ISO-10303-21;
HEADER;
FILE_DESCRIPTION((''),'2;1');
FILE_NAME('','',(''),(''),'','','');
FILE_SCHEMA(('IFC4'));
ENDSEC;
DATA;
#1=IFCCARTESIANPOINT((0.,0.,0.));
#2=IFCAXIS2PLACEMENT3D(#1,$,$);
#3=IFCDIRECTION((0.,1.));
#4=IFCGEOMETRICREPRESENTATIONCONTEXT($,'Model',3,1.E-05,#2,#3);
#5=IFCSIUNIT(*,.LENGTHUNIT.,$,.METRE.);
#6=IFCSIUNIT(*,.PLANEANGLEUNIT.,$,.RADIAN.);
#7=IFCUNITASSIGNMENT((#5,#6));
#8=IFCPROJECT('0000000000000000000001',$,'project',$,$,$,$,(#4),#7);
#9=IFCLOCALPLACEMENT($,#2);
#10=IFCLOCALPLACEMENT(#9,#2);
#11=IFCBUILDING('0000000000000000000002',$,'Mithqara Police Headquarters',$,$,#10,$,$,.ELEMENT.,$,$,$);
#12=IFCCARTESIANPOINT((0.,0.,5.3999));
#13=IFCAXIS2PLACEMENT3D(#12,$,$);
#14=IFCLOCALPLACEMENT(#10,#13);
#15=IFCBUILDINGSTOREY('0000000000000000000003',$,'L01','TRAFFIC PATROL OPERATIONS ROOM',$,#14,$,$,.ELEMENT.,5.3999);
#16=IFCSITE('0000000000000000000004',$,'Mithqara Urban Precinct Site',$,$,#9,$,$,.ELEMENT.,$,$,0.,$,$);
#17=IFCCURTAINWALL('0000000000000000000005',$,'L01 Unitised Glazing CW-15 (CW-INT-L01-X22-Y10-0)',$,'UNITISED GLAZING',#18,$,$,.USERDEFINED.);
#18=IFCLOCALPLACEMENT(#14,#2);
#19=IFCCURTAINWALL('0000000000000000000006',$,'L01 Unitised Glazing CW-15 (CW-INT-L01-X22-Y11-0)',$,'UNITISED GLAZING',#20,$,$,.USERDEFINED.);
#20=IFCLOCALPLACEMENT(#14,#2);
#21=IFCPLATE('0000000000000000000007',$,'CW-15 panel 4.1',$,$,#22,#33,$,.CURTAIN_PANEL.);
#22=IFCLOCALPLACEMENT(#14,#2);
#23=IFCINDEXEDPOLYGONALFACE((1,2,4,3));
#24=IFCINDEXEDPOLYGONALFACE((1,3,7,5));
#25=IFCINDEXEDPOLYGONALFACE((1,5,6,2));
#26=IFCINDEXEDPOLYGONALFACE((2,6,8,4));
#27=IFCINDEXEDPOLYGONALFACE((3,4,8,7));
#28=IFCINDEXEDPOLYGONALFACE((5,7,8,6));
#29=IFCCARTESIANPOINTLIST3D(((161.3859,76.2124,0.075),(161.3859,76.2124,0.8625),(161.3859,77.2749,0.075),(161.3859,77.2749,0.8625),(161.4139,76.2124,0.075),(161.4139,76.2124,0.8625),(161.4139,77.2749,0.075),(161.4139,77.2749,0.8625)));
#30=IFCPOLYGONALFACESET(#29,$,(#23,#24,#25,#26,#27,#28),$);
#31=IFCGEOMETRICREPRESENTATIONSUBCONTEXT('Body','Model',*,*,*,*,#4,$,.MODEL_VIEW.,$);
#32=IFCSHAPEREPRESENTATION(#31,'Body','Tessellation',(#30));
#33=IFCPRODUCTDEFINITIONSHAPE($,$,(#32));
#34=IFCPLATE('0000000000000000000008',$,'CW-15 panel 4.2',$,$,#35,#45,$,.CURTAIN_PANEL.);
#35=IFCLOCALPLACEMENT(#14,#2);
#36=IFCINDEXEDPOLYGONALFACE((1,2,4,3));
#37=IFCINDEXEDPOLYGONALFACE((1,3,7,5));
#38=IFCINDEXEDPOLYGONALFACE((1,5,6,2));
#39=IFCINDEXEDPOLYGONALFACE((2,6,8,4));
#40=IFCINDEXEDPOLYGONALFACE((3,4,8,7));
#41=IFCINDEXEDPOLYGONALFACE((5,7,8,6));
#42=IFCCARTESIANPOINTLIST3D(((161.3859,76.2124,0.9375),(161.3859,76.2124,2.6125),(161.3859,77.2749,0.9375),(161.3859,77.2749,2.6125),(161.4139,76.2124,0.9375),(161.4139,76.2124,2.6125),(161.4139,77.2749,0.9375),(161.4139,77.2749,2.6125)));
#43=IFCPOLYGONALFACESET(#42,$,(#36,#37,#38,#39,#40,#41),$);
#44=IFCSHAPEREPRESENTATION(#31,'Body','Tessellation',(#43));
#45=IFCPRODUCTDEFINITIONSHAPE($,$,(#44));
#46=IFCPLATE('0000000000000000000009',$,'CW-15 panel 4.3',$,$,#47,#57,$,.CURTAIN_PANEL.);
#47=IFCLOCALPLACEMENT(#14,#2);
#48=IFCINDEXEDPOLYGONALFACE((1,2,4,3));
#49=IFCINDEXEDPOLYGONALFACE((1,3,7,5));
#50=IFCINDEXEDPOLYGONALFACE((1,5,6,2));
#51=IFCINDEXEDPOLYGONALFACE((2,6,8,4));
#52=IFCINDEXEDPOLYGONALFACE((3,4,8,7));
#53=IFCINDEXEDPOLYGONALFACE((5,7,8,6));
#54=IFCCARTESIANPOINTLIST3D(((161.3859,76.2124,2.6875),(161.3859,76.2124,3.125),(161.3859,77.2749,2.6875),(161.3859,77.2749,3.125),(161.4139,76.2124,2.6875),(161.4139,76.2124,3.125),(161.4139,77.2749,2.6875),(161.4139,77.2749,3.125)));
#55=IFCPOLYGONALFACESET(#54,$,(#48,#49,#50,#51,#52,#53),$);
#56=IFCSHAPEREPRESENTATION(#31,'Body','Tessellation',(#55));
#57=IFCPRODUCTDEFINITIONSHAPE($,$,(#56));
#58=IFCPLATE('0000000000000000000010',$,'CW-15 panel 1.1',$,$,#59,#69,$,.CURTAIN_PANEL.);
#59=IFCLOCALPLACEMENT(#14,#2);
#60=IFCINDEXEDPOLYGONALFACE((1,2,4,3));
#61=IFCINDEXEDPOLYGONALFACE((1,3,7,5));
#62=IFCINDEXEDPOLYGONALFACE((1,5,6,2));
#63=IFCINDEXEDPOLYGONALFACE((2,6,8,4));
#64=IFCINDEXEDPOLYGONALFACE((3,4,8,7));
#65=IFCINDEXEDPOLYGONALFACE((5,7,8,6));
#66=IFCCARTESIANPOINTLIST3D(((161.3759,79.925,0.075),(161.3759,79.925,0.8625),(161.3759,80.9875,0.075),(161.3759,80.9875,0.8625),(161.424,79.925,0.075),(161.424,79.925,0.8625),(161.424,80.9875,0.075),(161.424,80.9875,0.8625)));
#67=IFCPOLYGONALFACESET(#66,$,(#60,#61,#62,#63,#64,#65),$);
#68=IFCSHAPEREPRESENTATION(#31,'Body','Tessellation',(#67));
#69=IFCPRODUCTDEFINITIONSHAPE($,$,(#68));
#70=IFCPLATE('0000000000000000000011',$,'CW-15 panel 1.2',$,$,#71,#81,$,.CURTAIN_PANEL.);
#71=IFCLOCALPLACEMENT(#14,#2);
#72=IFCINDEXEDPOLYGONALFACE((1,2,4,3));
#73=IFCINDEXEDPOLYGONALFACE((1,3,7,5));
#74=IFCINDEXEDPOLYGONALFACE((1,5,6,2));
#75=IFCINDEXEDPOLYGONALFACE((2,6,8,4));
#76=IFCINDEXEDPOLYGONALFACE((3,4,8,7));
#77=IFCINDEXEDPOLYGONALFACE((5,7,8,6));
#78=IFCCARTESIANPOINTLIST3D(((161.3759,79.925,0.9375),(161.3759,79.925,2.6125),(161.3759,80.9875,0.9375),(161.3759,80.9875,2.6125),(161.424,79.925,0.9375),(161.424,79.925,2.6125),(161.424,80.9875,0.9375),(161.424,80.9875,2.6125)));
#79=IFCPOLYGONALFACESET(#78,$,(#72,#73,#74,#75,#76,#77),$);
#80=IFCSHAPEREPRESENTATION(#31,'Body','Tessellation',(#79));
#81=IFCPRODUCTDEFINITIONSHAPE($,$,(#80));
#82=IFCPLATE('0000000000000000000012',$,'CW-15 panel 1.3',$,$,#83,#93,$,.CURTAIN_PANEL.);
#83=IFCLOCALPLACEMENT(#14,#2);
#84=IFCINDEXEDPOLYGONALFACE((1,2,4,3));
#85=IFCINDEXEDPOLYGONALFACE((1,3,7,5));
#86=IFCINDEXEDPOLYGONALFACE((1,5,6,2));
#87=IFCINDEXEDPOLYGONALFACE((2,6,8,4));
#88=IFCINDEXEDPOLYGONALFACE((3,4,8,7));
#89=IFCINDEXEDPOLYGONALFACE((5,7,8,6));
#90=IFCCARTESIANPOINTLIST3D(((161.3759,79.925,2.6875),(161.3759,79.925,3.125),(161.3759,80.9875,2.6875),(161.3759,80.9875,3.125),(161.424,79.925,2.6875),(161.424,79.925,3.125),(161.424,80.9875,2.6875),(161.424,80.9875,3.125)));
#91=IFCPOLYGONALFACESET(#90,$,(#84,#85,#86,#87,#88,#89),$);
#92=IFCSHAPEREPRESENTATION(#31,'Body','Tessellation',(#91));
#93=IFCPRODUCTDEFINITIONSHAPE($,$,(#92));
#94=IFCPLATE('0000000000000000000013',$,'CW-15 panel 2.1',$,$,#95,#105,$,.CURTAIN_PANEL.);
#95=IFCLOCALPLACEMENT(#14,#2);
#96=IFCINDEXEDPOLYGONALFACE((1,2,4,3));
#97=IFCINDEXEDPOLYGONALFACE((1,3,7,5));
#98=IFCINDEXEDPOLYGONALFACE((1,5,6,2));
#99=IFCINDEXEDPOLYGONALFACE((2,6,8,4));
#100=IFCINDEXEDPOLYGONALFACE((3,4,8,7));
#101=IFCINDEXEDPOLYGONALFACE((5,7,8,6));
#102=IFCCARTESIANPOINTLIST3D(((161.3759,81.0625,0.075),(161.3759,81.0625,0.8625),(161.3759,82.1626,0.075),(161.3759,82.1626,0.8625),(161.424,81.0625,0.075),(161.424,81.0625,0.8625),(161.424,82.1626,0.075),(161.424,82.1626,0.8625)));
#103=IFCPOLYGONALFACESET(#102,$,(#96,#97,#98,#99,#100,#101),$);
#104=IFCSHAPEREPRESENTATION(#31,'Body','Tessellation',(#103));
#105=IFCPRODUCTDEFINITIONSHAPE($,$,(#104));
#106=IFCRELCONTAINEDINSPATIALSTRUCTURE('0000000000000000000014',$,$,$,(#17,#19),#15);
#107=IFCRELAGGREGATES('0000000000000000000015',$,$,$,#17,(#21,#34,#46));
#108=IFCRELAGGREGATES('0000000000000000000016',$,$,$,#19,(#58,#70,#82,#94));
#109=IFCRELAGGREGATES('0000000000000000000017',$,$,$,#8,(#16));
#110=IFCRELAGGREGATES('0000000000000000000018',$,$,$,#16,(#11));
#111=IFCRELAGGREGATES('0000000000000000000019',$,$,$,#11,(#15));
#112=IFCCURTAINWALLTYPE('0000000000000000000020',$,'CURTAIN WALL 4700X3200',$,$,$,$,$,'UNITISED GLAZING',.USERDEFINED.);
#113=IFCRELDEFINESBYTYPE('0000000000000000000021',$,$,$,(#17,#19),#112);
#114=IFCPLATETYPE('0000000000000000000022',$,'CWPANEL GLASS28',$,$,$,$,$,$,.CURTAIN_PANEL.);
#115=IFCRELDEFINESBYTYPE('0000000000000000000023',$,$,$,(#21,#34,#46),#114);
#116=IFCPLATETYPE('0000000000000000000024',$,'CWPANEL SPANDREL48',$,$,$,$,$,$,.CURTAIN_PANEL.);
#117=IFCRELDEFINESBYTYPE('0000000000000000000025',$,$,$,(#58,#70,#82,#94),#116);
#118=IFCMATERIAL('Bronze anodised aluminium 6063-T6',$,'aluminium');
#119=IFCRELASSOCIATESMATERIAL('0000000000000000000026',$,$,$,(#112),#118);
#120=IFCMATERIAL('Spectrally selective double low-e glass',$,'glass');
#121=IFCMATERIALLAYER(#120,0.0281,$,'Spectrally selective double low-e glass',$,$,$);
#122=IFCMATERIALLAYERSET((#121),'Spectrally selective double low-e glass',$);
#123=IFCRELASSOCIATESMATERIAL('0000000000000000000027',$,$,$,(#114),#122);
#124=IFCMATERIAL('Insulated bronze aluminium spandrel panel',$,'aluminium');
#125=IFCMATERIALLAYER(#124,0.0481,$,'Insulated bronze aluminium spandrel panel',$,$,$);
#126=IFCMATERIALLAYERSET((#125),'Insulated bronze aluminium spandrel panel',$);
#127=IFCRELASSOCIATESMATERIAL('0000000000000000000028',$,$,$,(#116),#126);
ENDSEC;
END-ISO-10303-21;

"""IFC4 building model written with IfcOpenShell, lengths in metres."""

from ifc_helpers import new_model, si_unit, direction, frame, origin, origin_2d, place, context, subcontext, project, spatial, rectangle, extrude, material, layer, layer_set, type_object, element, aggregate, save


model = new_model("IFC4")

# Units and contexts
model_context = context("Model", 3, precision=1e-05, world=origin(), true_north=direction((0.0, 1.0)))
body_context = subcontext(model_context, "Body", "Model", "MODEL_VIEW")
ifc_project = project(units=[si_unit("LENGTHUNIT", "METRE"), si_unit("PLANEANGLEUNIT", "RADIAN")], contexts=[model_context])

# Site, building, storey
site_placement = place(None, origin())
site = spatial("IfcSite", under=ifc_project, at=site_placement, Name="Mithqara Urban Precinct Site", CompositionType="ELEMENT", RefElevation=0.0)
building_placement = place(site_placement, origin())
building = spatial("IfcBuilding", under=site, at=building_placement, Name="Mithqara Police Headquarters", CompositionType="ELEMENT")
storey_placement = place(building_placement, frame((0.0, 0.0, 5.3999)))
storey = spatial("IfcBuildingStorey", under=building, at=storey_placement, Name="L01", Description="TRAFFIC PATROL OPERATIONS ROOM", CompositionType="ELEMENT", Elevation=5.3999)

# Curtain wall
ifc_material_1 = material(Name="Bronze anodised aluminium 6063-T6", Category="aluminium")
curtain_wall_type = type_object("IfcCurtainWallType", Name="CURTAIN WALL 4700X3200", ElementType="UNITISED GLAZING", PredefinedType="USERDEFINED", material=ifc_material_1)
curtain_wall_1_placement = place(storey_placement, origin())
curtain_wall_1 = element("IfcCurtainWall", 1, at=curtain_wall_1_placement, inside=storey, type_object=curtain_wall_type, Name="L01 Unitised Glazing CW-15 (CW-INT-L01-X22-Y10-0)", ObjectType="UNITISED GLAZING", PredefinedType="USERDEFINED")

# Curtain wall
curtain_wall_2_placement = place(storey_placement, origin())
curtain_wall_2 = element("IfcCurtainWall", 2, at=curtain_wall_2_placement, inside=storey, type_object=curtain_wall_type, Name="L01 Unitised Glazing CW-15 (CW-INT-L01-X22-Y11-0)", ObjectType="UNITISED GLAZING", PredefinedType="USERDEFINED")

# Plates
ifc_material_2 = material(Name="Spectrally selective double low-e glass", Category="glass")
ifc_layer_1 = layer(ifc_material_2, 0.0281, Name="Spectrally selective double low-e glass")
ifc_layer_set_1 = layer_set([ifc_layer_1], Name="Spectrally selective double low-e glass")
plate_type_1 = type_object("IfcPlateType", Name="CWPANEL GLASS28", PredefinedType="CURTAIN_PANEL", material=ifc_layer_set_1)
plate_1_placement = place(storey_placement, frame((161.3999, 76.7437, 0.075), z_axis=(0.0, 0.0, 1.0), x_axis=(0.0, 1.0, 0.0)))
plate_1 = element("IfcPlate", 3, at=plate_1_placement, type_object=plate_type_1, Name="CW-15 panel 4.1", PredefinedType="CURTAIN_PANEL", context=body_context, shape_type="SweptSolid", body=[
    extrude(rectangle(XDim=1.0625, YDim=0.0281, at=origin_2d()), origin(), (0.0, 0.0, 1.0), 0.7876),
])
plate_2_placement = place(storey_placement, frame((161.3999, 76.7437, 0.9375), z_axis=(0.0, 0.0, 1.0), x_axis=(0.0, 1.0, 0.0)))
plate_2 = element("IfcPlate", 4, at=plate_2_placement, type_object=plate_type_1, Name="CW-15 panel 4.2", PredefinedType="CURTAIN_PANEL", context=body_context, shape_type="SweptSolid", body=[
    extrude(rectangle(XDim=1.0625, YDim=0.0281, at=origin_2d()), origin(), (0.0, 0.0, 1.0), 1.675),
])
plate_3_placement = place(storey_placement, frame((161.3999, 76.7437, 2.6875), z_axis=(0.0, 0.0, 1.0), x_axis=(0.0, 1.0, 0.0)))
plate_3 = element("IfcPlate", 5, at=plate_3_placement, type_object=plate_type_1, Name="CW-15 panel 4.3", PredefinedType="CURTAIN_PANEL", context=body_context, shape_type="SweptSolid", body=[
    extrude(rectangle(XDim=1.0625, YDim=0.0281, at=origin_2d()), origin(), (0.0, 0.0, 1.0), 0.4375),
])
aggregate(curtain_wall_1, [plate_1, plate_2, plate_3])
ifc_material_3 = material(Name="Insulated bronze aluminium spandrel panel", Category="aluminium")
ifc_layer_2 = layer(ifc_material_3, 0.0481, Name="Insulated bronze aluminium spandrel panel")
ifc_layer_set_2 = layer_set([ifc_layer_2], Name="Insulated bronze aluminium spandrel panel")
plate_type_2 = type_object("IfcPlateType", Name="CWPANEL SPANDREL48", PredefinedType="CURTAIN_PANEL", material=ifc_layer_set_2)
plate_4_placement = place(storey_placement, frame((161.3999, 80.4563, 0.075), z_axis=(0.0, 0.0, 1.0), x_axis=(0.0, 1.0, 0.0)))
plate_4 = element("IfcPlate", 6, at=plate_4_placement, type_object=plate_type_2, Name="CW-15 panel 1.1", PredefinedType="CURTAIN_PANEL", context=body_context, shape_type="SweptSolid", body=[
    extrude(rectangle(XDim=1.0625, YDim=0.0481, at=origin_2d()), origin(), (0.0, 0.0, 1.0), 0.7876),
])
plate_5_placement = place(storey_placement, frame((161.3999, 80.4563, 0.9375), z_axis=(0.0, 0.0, 1.0), x_axis=(0.0, 1.0, 0.0)))
plate_5 = element("IfcPlate", 7, at=plate_5_placement, type_object=plate_type_2, Name="CW-15 panel 1.2", PredefinedType="CURTAIN_PANEL", context=body_context, shape_type="SweptSolid", body=[
    extrude(rectangle(XDim=1.0625, YDim=0.0481, at=origin_2d()), origin(), (0.0, 0.0, 1.0), 1.675),
])
plate_6_placement = place(storey_placement, frame((161.3999, 80.4563, 2.6875), z_axis=(0.0, 0.0, 1.0), x_axis=(0.0, 1.0, 0.0)))
plate_6 = element("IfcPlate", 8, at=plate_6_placement, type_object=plate_type_2, Name="CW-15 panel 1.3", PredefinedType="CURTAIN_PANEL", context=body_context, shape_type="SweptSolid", body=[
    extrude(rectangle(XDim=1.0625, YDim=0.0481, at=origin_2d()), origin(), (0.0, 0.0, 1.0), 0.4375),
])
plate_7_placement = place(storey_placement, frame((161.3999, 81.6125, 0.075), z_axis=(0.0, 0.0, 1.0), x_axis=(0.0, 1.0, 0.0)))
plate_7 = element("IfcPlate", 9, at=plate_7_placement, type_object=plate_type_2, Name="CW-15 panel 2.1", PredefinedType="CURTAIN_PANEL", context=body_context, shape_type="SweptSolid", body=[
    extrude(rectangle(XDim=1.1001, YDim=0.0481, at=origin_2d()), origin(), (0.0, 0.0, 1.0), 0.7876),
])
aggregate(curtain_wall_2, [plate_4, plate_5, plate_6, plate_7])

save(model, "model.ifc")
